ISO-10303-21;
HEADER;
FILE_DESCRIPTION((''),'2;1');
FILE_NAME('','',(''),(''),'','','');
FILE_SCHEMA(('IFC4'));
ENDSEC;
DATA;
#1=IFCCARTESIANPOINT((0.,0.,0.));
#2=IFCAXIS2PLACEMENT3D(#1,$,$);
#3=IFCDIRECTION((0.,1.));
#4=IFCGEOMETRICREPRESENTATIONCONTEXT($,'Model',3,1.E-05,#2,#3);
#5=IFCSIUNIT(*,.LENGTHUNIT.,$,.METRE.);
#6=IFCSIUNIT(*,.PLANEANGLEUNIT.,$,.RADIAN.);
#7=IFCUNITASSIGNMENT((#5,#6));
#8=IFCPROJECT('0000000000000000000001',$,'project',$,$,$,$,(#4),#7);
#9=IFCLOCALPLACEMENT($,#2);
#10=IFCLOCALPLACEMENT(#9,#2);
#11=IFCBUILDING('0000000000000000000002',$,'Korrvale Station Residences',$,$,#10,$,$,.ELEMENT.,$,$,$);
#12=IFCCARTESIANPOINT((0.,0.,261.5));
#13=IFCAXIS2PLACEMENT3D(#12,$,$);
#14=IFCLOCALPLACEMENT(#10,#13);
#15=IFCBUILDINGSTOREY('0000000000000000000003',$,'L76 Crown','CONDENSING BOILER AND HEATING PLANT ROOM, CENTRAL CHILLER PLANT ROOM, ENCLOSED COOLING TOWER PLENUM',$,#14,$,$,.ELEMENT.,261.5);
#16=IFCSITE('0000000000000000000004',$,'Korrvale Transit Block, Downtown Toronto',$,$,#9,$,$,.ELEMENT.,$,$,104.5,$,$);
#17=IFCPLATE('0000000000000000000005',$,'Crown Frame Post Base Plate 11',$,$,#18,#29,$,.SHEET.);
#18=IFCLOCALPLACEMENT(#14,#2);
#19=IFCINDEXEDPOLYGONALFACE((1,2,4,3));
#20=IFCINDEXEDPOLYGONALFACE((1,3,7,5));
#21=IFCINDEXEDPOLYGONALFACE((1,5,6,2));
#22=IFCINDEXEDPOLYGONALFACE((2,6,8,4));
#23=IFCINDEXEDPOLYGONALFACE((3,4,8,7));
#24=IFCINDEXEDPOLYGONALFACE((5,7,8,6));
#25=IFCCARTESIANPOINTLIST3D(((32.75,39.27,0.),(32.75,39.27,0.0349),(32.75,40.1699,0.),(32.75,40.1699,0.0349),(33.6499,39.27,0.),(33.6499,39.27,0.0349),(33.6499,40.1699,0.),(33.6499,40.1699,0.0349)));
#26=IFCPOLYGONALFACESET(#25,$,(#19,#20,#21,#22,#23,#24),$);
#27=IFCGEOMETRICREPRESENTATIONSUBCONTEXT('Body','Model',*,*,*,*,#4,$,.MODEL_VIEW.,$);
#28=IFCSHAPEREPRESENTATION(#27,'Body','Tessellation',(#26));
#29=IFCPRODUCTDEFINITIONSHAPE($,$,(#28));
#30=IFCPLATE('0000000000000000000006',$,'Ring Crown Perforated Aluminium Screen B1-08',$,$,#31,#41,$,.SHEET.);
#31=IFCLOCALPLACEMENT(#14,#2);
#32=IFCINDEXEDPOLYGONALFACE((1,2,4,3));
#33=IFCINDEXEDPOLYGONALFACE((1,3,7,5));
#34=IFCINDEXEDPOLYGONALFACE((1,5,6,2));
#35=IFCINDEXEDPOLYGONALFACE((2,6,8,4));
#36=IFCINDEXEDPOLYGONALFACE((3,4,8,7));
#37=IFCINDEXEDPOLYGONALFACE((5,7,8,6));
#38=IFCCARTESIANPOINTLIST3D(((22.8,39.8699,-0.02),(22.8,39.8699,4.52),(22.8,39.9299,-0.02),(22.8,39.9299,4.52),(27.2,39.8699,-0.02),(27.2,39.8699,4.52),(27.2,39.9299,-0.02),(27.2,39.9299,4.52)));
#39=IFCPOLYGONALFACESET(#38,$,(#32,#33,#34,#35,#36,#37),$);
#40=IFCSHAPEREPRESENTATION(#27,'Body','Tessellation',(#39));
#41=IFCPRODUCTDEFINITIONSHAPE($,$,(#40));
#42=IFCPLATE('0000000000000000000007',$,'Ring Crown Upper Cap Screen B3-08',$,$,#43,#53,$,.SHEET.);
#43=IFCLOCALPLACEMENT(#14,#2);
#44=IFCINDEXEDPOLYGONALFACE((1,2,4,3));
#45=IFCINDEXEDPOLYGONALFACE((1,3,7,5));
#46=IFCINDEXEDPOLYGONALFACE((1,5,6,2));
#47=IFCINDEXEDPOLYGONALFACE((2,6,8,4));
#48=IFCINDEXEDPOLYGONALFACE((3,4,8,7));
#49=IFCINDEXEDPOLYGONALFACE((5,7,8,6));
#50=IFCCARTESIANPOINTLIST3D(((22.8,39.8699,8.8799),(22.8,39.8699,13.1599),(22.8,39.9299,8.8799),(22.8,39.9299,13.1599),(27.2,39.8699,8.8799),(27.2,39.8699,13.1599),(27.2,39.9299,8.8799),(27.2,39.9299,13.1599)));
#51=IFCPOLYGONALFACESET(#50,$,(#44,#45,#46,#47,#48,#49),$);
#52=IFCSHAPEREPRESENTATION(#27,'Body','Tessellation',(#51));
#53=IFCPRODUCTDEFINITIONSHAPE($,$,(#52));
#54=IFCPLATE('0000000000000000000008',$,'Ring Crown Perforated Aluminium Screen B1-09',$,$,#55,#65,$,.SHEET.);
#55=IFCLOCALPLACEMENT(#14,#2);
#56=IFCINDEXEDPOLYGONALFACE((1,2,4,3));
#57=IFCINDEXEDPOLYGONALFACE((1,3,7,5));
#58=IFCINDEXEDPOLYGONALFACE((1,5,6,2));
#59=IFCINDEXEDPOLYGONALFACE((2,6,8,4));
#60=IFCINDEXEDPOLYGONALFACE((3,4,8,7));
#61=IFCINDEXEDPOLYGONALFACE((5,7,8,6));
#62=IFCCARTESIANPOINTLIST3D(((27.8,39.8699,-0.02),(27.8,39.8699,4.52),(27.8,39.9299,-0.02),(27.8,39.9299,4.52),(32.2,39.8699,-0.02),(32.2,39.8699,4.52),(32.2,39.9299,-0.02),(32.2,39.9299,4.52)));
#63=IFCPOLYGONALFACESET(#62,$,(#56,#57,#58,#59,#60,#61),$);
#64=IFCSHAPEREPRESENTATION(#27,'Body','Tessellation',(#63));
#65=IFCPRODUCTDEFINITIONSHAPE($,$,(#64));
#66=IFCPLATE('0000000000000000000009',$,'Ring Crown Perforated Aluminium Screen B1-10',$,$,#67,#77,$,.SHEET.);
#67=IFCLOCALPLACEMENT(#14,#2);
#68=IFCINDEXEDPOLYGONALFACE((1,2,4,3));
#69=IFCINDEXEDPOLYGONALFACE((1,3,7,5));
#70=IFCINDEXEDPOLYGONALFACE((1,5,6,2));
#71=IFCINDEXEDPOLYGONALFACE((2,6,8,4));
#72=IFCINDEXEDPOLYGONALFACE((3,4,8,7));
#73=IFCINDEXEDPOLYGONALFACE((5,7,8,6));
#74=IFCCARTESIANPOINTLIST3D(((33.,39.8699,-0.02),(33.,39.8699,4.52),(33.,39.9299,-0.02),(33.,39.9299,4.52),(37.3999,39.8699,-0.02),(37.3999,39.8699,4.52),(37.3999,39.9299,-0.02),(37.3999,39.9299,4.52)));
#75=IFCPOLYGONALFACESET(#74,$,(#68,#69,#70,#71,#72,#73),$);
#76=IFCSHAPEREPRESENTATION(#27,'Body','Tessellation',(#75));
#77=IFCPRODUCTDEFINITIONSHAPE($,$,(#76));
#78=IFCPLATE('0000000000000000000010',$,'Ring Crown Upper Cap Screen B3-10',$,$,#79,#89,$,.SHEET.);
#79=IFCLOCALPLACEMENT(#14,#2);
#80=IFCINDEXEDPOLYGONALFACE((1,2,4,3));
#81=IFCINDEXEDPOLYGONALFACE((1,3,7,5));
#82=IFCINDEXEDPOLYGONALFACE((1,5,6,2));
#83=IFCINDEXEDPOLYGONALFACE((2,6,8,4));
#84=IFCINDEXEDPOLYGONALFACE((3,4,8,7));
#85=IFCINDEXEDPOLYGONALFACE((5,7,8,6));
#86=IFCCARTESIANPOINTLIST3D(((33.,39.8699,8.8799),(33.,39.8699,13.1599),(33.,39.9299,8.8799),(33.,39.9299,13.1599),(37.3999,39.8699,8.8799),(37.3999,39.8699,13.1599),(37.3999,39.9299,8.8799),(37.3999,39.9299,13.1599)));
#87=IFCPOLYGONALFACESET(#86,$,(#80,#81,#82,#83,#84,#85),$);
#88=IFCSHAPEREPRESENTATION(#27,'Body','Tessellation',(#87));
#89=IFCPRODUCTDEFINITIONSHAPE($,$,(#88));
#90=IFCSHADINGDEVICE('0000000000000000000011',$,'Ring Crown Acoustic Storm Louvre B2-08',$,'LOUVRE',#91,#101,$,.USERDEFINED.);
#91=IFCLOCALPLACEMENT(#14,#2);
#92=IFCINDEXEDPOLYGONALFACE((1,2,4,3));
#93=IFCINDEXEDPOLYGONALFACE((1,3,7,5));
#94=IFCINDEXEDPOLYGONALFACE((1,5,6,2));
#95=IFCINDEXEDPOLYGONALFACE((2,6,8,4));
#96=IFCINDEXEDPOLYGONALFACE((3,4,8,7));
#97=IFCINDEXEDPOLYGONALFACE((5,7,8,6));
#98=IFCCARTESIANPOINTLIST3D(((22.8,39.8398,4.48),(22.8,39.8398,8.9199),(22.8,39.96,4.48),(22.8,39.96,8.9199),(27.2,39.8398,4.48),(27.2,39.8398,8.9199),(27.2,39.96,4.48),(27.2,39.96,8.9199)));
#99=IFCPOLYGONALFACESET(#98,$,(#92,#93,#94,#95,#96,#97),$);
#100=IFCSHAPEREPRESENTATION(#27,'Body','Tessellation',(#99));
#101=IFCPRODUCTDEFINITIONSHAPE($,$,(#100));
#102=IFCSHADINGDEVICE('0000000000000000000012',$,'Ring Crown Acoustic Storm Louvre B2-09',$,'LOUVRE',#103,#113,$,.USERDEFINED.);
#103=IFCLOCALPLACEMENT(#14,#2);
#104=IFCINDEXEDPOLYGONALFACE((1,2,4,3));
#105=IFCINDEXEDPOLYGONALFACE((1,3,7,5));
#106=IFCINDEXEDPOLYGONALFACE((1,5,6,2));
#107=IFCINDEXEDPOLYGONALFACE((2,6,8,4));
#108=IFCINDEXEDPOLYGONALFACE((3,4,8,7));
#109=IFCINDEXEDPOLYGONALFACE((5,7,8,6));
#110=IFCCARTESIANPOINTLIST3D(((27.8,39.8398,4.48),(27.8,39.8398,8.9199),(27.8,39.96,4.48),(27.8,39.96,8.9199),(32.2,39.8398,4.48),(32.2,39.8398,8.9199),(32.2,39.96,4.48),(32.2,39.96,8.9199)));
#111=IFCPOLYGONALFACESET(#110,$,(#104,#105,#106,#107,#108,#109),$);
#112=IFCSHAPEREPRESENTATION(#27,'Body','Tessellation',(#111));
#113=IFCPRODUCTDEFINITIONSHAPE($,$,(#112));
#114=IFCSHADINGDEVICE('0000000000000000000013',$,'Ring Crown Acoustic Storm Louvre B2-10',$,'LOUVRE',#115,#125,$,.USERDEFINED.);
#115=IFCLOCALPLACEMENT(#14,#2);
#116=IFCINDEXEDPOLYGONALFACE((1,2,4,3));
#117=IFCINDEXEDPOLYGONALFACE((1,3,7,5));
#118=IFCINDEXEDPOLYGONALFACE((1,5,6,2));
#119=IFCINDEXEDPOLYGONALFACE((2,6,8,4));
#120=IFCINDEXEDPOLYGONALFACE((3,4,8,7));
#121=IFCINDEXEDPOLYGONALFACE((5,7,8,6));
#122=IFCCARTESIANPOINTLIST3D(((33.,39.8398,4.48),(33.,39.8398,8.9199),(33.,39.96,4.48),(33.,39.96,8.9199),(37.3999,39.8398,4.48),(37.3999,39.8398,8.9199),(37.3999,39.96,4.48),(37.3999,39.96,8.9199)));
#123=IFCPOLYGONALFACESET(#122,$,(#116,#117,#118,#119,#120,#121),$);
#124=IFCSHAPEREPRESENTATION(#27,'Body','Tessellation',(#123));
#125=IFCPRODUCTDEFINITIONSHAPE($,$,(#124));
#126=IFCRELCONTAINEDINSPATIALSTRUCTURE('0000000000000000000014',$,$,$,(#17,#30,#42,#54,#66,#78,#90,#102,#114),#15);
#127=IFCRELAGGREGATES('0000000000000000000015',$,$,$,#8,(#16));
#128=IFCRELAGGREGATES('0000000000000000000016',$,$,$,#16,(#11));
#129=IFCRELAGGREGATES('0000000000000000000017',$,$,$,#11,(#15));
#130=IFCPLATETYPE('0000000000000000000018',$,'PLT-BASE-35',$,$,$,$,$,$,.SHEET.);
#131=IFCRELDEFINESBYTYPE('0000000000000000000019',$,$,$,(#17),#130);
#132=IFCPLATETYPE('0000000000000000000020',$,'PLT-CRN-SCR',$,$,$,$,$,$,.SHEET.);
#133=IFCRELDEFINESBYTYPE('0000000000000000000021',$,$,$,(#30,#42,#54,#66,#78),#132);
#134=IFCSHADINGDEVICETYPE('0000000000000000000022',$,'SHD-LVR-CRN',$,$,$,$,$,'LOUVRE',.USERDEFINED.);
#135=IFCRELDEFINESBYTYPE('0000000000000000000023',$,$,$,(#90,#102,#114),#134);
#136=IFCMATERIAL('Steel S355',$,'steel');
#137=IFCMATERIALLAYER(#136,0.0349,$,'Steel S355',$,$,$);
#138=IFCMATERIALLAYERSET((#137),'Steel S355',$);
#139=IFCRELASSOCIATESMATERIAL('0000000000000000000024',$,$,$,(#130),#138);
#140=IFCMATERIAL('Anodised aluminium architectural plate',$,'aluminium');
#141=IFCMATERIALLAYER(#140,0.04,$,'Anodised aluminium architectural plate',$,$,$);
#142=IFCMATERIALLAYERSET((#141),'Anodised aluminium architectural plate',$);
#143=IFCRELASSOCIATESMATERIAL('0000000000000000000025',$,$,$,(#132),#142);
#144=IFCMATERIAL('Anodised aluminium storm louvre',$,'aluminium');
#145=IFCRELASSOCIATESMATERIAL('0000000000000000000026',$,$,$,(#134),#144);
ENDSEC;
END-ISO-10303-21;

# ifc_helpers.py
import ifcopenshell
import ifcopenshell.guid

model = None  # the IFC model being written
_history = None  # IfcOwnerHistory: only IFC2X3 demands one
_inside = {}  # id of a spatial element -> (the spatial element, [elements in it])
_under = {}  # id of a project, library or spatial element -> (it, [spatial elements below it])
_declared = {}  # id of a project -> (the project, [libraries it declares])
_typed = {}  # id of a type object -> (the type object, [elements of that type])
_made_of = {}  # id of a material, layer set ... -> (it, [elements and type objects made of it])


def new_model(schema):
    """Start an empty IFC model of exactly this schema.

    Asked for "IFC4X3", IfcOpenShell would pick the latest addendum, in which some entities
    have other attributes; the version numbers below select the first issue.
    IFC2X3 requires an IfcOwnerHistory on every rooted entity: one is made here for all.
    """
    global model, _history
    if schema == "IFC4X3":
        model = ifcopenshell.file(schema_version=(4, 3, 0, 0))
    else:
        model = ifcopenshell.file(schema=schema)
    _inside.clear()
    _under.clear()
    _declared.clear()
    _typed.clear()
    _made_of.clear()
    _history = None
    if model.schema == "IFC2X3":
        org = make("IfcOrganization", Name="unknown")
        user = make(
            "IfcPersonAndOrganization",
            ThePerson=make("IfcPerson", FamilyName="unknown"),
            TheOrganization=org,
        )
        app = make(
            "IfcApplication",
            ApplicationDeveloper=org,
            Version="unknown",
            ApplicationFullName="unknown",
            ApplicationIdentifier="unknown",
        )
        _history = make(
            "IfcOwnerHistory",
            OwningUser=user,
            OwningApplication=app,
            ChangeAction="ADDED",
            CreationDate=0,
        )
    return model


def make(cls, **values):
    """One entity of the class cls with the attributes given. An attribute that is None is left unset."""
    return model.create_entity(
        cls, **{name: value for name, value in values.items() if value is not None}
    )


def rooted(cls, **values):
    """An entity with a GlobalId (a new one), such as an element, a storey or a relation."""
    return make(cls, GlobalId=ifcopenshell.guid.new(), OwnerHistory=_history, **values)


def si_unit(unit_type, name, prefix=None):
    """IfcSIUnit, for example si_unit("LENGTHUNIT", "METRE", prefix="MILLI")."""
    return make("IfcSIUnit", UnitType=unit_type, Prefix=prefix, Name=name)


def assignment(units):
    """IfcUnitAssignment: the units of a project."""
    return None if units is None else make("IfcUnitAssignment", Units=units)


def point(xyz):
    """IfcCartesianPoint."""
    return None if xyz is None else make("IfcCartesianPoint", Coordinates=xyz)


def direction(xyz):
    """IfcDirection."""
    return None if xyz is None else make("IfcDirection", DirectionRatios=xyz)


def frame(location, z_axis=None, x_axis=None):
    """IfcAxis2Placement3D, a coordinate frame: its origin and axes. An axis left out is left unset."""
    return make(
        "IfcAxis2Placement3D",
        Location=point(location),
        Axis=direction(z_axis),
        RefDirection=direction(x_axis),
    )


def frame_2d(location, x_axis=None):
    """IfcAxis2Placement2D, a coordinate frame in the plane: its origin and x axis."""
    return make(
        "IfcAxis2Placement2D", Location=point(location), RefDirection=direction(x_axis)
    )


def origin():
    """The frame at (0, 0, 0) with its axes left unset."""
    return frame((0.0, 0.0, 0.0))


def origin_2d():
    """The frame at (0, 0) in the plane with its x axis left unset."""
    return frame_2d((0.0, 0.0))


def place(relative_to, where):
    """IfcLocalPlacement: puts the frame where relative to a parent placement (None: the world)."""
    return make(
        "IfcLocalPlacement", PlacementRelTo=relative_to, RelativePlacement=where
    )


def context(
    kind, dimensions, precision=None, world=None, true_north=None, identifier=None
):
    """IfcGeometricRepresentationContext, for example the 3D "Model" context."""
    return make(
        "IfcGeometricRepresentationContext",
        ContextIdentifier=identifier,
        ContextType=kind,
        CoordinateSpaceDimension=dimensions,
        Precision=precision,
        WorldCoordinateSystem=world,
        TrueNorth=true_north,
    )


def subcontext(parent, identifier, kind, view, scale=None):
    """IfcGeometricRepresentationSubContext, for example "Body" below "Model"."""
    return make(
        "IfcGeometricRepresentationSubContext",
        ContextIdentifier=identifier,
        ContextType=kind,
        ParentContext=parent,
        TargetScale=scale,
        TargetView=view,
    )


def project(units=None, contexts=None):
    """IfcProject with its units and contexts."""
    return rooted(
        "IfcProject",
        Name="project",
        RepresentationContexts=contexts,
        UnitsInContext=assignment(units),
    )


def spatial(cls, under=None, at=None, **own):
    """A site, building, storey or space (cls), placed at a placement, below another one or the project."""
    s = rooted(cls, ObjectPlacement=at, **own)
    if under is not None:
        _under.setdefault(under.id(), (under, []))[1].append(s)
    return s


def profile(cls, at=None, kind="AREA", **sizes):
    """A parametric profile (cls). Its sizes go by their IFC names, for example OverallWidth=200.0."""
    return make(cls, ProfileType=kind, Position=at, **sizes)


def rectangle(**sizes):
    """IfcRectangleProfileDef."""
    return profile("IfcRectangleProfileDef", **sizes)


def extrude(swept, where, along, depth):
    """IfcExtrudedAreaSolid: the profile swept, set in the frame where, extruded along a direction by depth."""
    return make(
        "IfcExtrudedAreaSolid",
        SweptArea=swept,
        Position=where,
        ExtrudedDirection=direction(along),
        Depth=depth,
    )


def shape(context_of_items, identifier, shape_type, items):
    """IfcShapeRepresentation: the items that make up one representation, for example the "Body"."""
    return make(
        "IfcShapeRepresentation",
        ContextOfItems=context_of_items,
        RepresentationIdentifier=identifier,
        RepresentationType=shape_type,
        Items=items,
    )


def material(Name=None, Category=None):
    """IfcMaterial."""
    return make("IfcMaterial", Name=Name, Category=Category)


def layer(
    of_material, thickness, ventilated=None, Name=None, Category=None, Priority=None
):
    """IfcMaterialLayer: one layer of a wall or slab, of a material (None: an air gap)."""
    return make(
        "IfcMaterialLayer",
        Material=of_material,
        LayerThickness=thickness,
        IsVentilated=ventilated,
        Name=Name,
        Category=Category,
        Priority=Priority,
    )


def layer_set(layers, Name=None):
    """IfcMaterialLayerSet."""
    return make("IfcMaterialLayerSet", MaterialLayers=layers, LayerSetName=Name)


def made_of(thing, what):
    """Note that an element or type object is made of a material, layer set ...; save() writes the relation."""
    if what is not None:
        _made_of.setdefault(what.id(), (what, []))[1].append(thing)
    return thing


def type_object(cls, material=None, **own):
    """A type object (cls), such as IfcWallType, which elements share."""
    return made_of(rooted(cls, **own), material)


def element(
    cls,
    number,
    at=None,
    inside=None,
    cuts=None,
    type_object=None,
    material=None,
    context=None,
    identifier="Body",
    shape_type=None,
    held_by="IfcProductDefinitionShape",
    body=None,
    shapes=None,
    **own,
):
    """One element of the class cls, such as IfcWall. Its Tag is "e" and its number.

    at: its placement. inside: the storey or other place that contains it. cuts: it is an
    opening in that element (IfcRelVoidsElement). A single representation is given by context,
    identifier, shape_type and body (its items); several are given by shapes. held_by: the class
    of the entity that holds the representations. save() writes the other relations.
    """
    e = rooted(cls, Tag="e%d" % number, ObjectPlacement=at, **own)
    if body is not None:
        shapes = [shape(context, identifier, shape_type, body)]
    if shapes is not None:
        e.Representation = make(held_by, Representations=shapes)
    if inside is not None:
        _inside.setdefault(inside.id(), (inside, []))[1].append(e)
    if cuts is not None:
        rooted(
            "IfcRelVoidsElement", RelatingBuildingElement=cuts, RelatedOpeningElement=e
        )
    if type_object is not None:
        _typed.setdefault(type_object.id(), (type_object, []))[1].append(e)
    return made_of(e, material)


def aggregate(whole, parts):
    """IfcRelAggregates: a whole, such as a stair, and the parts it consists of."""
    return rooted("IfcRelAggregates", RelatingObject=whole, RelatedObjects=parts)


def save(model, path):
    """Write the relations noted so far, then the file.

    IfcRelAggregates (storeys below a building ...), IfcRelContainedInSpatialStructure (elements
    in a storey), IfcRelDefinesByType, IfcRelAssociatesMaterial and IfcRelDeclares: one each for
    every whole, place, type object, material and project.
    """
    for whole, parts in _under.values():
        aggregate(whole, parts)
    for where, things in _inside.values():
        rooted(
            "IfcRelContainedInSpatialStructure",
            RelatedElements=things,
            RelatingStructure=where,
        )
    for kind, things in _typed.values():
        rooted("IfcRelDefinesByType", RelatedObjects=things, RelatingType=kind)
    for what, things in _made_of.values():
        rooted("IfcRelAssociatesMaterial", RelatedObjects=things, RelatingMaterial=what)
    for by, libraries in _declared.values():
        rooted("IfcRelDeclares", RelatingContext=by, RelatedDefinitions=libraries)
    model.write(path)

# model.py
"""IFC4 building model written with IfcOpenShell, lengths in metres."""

from ifc_helpers import new_model, si_unit, direction, frame, origin, origin_2d, place, context, subcontext, project, spatial, rectangle, extrude, material, layer, layer_set, type_object, element, save


model = new_model("IFC4")

# Units and contexts
model_context = context("Model", 3, precision=1e-05, world=origin(), true_north=direction((0.0, 1.0)))
body_context = subcontext(model_context, "Body", "Model", "MODEL_VIEW")
ifc_project = project(units=[si_unit("LENGTHUNIT", "METRE"), si_unit("PLANEANGLEUNIT", "RADIAN")], contexts=[model_context])

# Site, building, storey
site_placement = place(None, origin())
site = spatial("IfcSite", under=ifc_project, at=site_placement, Name="Korrvale Transit Block, Downtown Toronto", CompositionType="ELEMENT", RefElevation=104.5)
building_placement = place(site_placement, origin())
building = spatial("IfcBuilding", under=site, at=building_placement, Name="Korrvale Station Residences", CompositionType="ELEMENT")
storey_placement = place(building_placement, frame((0.0, 0.0, 261.5)))
storey = spatial("IfcBuildingStorey", under=building, at=storey_placement, Name="L76 Crown", Description="CONDENSING BOILER AND HEATING PLANT ROOM, CENTRAL CHILLER PLANT ROOM, ENCLOSED COOLING TOWER PLENUM", CompositionType="ELEMENT", Elevation=261.5)

# Shared definitions
ifc_material_1 = material(Name="Steel S355", Category="steel")

# Plates
ifc_layer_1 = layer(ifc_material_1, 0.0349, Name="Steel S355")
ifc_layer_set_1 = layer_set([ifc_layer_1], Name="Steel S355")
plate_type_1 = type_object("IfcPlateType", Name="PLT-BASE-35", PredefinedType="SHEET", material=ifc_layer_set_1)
plate_1_placement = place(storey_placement, frame((33.2, 39.72, 0.0), z_axis=(0.0, 0.0, 1.0), x_axis=(1.0, 0.0, 0.0)))
element("IfcPlate", 1, at=plate_1_placement, inside=storey, type_object=plate_type_1, Name="Crown Frame Post Base Plate 11", PredefinedType="SHEET", context=body_context, shape_type="SweptSolid", body=[
    extrude(rectangle(XDim=0.8999, YDim=0.8999, at=origin_2d()), origin(), (0.0, 0.0, 1.0), 0.0349),
])
ifc_material_2 = material(Name="Anodised aluminium architectural plate", Category="aluminium")
ifc_layer_2 = layer(ifc_material_2, 0.04, Name="Anodised aluminium architectural plate")
ifc_layer_set_2 = layer_set([ifc_layer_2], Name="Anodised aluminium architectural plate")
plate_type_2 = type_object("IfcPlateType", Name="PLT-CRN-SCR", PredefinedType="SHEET", material=ifc_layer_set_2)
plate_2_placement = place(storey_placement, frame((25.0, 39.8999, -0.02), z_axis=(0.0, 0.0, 1.0), x_axis=(1.0, 0.0, 0.0)))
element("IfcPlate", 2, at=plate_2_placement, inside=storey, type_object=plate_type_2, Name="Ring Crown Perforated Aluminium Screen B1-08", PredefinedType="SHEET", context=body_context, shape_type="SweptSolid", body=[
    extrude(rectangle(XDim=4.3999, YDim=0.0601, at=origin_2d()), origin(), (0.0, 0.0, 1.0), 4.54),
])
plate_3_placement = place(storey_placement, frame((25.0, 39.8999, 8.8799), z_axis=(0.0, 0.0, 1.0), x_axis=(1.0, 0.0, 0.0)))
element("IfcPlate", 3, at=plate_3_placement, inside=storey, type_object=plate_type_2, Name="Ring Crown Upper Cap Screen B3-08", PredefinedType="SHEET", context=body_context, shape_type="SweptSolid", body=[
    extrude(rectangle(XDim=4.3999, YDim=0.0601, at=origin_2d()), origin(), (0.0, 0.0, 1.0), 4.28),
])
for number, where, z_axis, x_axis, name in (
    (4, (30.0, 39.8999, -0.02), (0.0, 0.0, 1.0), (1.0, 0.0, 0.0), "Ring Crown Perforated Aluminium Screen B1-09"),
    (5, (35.2, 39.8999, -0.02), (0.0, 0.0, 1.0), (1.0, 0.0, 0.0), "Ring Crown Perforated Aluminium Screen B1-10"),
):
    element("IfcPlate", number, at=place(storey_placement, frame(where, z_axis=z_axis, x_axis=x_axis)), inside=storey, type_object=plate_type_2, Name=name, PredefinedType="SHEET", context=body_context, shape_type="SweptSolid", body=[
        extrude(rectangle(XDim=4.3999, YDim=0.0601, at=origin_2d()), origin(), (0.0, 0.0, 1.0), 4.54),
    ])
plate_4_placement = place(storey_placement, frame((35.2, 39.8999, 8.8799), z_axis=(0.0, 0.0, 1.0), x_axis=(1.0, 0.0, 0.0)))
element("IfcPlate", 6, at=plate_4_placement, inside=storey, type_object=plate_type_2, Name="Ring Crown Upper Cap Screen B3-10", PredefinedType="SHEET", context=body_context, shape_type="SweptSolid", body=[
    extrude(rectangle(XDim=4.3999, YDim=0.0601, at=origin_2d()), origin(), (0.0, 0.0, 1.0), 4.28),
])

# Shading devices
ifc_material_3 = material(Name="Anodised aluminium storm louvre", Category="aluminium")
shading_device_type = type_object("IfcShadingDeviceType", Name="SHD-LVR-CRN", ElementType="LOUVRE", PredefinedType="USERDEFINED", material=ifc_material_3)
for number, where, z_axis, x_axis, name in (
    (7, (25.0, 39.8999, 4.48), (0.0, 0.0, 1.0), (1.0, 0.0, 0.0), "Ring Crown Acoustic Storm Louvre B2-08"),
    (8, (30.0, 39.8999, 4.48), (0.0, 0.0, 1.0), (1.0, 0.0, 0.0), "Ring Crown Acoustic Storm Louvre B2-09"),
    (9, (35.2, 39.8999, 4.48), (0.0, 0.0, 1.0), (1.0, 0.0, 0.0), "Ring Crown Acoustic Storm Louvre B2-10"),
):
    element("IfcShadingDevice", number, at=place(storey_placement, frame(where, z_axis=z_axis, x_axis=x_axis)), inside=storey, type_object=shading_device_type, Name=name, ObjectType="LOUVRE", PredefinedType="USERDEFINED", context=body_context, shape_type="SweptSolid", body=[
        extrude(rectangle(XDim=4.3999, YDim=0.1201, at=origin_2d()), origin(), (0.0, 0.0, 1.0), 4.4399),
    ])

save(model, "model.ifc")
